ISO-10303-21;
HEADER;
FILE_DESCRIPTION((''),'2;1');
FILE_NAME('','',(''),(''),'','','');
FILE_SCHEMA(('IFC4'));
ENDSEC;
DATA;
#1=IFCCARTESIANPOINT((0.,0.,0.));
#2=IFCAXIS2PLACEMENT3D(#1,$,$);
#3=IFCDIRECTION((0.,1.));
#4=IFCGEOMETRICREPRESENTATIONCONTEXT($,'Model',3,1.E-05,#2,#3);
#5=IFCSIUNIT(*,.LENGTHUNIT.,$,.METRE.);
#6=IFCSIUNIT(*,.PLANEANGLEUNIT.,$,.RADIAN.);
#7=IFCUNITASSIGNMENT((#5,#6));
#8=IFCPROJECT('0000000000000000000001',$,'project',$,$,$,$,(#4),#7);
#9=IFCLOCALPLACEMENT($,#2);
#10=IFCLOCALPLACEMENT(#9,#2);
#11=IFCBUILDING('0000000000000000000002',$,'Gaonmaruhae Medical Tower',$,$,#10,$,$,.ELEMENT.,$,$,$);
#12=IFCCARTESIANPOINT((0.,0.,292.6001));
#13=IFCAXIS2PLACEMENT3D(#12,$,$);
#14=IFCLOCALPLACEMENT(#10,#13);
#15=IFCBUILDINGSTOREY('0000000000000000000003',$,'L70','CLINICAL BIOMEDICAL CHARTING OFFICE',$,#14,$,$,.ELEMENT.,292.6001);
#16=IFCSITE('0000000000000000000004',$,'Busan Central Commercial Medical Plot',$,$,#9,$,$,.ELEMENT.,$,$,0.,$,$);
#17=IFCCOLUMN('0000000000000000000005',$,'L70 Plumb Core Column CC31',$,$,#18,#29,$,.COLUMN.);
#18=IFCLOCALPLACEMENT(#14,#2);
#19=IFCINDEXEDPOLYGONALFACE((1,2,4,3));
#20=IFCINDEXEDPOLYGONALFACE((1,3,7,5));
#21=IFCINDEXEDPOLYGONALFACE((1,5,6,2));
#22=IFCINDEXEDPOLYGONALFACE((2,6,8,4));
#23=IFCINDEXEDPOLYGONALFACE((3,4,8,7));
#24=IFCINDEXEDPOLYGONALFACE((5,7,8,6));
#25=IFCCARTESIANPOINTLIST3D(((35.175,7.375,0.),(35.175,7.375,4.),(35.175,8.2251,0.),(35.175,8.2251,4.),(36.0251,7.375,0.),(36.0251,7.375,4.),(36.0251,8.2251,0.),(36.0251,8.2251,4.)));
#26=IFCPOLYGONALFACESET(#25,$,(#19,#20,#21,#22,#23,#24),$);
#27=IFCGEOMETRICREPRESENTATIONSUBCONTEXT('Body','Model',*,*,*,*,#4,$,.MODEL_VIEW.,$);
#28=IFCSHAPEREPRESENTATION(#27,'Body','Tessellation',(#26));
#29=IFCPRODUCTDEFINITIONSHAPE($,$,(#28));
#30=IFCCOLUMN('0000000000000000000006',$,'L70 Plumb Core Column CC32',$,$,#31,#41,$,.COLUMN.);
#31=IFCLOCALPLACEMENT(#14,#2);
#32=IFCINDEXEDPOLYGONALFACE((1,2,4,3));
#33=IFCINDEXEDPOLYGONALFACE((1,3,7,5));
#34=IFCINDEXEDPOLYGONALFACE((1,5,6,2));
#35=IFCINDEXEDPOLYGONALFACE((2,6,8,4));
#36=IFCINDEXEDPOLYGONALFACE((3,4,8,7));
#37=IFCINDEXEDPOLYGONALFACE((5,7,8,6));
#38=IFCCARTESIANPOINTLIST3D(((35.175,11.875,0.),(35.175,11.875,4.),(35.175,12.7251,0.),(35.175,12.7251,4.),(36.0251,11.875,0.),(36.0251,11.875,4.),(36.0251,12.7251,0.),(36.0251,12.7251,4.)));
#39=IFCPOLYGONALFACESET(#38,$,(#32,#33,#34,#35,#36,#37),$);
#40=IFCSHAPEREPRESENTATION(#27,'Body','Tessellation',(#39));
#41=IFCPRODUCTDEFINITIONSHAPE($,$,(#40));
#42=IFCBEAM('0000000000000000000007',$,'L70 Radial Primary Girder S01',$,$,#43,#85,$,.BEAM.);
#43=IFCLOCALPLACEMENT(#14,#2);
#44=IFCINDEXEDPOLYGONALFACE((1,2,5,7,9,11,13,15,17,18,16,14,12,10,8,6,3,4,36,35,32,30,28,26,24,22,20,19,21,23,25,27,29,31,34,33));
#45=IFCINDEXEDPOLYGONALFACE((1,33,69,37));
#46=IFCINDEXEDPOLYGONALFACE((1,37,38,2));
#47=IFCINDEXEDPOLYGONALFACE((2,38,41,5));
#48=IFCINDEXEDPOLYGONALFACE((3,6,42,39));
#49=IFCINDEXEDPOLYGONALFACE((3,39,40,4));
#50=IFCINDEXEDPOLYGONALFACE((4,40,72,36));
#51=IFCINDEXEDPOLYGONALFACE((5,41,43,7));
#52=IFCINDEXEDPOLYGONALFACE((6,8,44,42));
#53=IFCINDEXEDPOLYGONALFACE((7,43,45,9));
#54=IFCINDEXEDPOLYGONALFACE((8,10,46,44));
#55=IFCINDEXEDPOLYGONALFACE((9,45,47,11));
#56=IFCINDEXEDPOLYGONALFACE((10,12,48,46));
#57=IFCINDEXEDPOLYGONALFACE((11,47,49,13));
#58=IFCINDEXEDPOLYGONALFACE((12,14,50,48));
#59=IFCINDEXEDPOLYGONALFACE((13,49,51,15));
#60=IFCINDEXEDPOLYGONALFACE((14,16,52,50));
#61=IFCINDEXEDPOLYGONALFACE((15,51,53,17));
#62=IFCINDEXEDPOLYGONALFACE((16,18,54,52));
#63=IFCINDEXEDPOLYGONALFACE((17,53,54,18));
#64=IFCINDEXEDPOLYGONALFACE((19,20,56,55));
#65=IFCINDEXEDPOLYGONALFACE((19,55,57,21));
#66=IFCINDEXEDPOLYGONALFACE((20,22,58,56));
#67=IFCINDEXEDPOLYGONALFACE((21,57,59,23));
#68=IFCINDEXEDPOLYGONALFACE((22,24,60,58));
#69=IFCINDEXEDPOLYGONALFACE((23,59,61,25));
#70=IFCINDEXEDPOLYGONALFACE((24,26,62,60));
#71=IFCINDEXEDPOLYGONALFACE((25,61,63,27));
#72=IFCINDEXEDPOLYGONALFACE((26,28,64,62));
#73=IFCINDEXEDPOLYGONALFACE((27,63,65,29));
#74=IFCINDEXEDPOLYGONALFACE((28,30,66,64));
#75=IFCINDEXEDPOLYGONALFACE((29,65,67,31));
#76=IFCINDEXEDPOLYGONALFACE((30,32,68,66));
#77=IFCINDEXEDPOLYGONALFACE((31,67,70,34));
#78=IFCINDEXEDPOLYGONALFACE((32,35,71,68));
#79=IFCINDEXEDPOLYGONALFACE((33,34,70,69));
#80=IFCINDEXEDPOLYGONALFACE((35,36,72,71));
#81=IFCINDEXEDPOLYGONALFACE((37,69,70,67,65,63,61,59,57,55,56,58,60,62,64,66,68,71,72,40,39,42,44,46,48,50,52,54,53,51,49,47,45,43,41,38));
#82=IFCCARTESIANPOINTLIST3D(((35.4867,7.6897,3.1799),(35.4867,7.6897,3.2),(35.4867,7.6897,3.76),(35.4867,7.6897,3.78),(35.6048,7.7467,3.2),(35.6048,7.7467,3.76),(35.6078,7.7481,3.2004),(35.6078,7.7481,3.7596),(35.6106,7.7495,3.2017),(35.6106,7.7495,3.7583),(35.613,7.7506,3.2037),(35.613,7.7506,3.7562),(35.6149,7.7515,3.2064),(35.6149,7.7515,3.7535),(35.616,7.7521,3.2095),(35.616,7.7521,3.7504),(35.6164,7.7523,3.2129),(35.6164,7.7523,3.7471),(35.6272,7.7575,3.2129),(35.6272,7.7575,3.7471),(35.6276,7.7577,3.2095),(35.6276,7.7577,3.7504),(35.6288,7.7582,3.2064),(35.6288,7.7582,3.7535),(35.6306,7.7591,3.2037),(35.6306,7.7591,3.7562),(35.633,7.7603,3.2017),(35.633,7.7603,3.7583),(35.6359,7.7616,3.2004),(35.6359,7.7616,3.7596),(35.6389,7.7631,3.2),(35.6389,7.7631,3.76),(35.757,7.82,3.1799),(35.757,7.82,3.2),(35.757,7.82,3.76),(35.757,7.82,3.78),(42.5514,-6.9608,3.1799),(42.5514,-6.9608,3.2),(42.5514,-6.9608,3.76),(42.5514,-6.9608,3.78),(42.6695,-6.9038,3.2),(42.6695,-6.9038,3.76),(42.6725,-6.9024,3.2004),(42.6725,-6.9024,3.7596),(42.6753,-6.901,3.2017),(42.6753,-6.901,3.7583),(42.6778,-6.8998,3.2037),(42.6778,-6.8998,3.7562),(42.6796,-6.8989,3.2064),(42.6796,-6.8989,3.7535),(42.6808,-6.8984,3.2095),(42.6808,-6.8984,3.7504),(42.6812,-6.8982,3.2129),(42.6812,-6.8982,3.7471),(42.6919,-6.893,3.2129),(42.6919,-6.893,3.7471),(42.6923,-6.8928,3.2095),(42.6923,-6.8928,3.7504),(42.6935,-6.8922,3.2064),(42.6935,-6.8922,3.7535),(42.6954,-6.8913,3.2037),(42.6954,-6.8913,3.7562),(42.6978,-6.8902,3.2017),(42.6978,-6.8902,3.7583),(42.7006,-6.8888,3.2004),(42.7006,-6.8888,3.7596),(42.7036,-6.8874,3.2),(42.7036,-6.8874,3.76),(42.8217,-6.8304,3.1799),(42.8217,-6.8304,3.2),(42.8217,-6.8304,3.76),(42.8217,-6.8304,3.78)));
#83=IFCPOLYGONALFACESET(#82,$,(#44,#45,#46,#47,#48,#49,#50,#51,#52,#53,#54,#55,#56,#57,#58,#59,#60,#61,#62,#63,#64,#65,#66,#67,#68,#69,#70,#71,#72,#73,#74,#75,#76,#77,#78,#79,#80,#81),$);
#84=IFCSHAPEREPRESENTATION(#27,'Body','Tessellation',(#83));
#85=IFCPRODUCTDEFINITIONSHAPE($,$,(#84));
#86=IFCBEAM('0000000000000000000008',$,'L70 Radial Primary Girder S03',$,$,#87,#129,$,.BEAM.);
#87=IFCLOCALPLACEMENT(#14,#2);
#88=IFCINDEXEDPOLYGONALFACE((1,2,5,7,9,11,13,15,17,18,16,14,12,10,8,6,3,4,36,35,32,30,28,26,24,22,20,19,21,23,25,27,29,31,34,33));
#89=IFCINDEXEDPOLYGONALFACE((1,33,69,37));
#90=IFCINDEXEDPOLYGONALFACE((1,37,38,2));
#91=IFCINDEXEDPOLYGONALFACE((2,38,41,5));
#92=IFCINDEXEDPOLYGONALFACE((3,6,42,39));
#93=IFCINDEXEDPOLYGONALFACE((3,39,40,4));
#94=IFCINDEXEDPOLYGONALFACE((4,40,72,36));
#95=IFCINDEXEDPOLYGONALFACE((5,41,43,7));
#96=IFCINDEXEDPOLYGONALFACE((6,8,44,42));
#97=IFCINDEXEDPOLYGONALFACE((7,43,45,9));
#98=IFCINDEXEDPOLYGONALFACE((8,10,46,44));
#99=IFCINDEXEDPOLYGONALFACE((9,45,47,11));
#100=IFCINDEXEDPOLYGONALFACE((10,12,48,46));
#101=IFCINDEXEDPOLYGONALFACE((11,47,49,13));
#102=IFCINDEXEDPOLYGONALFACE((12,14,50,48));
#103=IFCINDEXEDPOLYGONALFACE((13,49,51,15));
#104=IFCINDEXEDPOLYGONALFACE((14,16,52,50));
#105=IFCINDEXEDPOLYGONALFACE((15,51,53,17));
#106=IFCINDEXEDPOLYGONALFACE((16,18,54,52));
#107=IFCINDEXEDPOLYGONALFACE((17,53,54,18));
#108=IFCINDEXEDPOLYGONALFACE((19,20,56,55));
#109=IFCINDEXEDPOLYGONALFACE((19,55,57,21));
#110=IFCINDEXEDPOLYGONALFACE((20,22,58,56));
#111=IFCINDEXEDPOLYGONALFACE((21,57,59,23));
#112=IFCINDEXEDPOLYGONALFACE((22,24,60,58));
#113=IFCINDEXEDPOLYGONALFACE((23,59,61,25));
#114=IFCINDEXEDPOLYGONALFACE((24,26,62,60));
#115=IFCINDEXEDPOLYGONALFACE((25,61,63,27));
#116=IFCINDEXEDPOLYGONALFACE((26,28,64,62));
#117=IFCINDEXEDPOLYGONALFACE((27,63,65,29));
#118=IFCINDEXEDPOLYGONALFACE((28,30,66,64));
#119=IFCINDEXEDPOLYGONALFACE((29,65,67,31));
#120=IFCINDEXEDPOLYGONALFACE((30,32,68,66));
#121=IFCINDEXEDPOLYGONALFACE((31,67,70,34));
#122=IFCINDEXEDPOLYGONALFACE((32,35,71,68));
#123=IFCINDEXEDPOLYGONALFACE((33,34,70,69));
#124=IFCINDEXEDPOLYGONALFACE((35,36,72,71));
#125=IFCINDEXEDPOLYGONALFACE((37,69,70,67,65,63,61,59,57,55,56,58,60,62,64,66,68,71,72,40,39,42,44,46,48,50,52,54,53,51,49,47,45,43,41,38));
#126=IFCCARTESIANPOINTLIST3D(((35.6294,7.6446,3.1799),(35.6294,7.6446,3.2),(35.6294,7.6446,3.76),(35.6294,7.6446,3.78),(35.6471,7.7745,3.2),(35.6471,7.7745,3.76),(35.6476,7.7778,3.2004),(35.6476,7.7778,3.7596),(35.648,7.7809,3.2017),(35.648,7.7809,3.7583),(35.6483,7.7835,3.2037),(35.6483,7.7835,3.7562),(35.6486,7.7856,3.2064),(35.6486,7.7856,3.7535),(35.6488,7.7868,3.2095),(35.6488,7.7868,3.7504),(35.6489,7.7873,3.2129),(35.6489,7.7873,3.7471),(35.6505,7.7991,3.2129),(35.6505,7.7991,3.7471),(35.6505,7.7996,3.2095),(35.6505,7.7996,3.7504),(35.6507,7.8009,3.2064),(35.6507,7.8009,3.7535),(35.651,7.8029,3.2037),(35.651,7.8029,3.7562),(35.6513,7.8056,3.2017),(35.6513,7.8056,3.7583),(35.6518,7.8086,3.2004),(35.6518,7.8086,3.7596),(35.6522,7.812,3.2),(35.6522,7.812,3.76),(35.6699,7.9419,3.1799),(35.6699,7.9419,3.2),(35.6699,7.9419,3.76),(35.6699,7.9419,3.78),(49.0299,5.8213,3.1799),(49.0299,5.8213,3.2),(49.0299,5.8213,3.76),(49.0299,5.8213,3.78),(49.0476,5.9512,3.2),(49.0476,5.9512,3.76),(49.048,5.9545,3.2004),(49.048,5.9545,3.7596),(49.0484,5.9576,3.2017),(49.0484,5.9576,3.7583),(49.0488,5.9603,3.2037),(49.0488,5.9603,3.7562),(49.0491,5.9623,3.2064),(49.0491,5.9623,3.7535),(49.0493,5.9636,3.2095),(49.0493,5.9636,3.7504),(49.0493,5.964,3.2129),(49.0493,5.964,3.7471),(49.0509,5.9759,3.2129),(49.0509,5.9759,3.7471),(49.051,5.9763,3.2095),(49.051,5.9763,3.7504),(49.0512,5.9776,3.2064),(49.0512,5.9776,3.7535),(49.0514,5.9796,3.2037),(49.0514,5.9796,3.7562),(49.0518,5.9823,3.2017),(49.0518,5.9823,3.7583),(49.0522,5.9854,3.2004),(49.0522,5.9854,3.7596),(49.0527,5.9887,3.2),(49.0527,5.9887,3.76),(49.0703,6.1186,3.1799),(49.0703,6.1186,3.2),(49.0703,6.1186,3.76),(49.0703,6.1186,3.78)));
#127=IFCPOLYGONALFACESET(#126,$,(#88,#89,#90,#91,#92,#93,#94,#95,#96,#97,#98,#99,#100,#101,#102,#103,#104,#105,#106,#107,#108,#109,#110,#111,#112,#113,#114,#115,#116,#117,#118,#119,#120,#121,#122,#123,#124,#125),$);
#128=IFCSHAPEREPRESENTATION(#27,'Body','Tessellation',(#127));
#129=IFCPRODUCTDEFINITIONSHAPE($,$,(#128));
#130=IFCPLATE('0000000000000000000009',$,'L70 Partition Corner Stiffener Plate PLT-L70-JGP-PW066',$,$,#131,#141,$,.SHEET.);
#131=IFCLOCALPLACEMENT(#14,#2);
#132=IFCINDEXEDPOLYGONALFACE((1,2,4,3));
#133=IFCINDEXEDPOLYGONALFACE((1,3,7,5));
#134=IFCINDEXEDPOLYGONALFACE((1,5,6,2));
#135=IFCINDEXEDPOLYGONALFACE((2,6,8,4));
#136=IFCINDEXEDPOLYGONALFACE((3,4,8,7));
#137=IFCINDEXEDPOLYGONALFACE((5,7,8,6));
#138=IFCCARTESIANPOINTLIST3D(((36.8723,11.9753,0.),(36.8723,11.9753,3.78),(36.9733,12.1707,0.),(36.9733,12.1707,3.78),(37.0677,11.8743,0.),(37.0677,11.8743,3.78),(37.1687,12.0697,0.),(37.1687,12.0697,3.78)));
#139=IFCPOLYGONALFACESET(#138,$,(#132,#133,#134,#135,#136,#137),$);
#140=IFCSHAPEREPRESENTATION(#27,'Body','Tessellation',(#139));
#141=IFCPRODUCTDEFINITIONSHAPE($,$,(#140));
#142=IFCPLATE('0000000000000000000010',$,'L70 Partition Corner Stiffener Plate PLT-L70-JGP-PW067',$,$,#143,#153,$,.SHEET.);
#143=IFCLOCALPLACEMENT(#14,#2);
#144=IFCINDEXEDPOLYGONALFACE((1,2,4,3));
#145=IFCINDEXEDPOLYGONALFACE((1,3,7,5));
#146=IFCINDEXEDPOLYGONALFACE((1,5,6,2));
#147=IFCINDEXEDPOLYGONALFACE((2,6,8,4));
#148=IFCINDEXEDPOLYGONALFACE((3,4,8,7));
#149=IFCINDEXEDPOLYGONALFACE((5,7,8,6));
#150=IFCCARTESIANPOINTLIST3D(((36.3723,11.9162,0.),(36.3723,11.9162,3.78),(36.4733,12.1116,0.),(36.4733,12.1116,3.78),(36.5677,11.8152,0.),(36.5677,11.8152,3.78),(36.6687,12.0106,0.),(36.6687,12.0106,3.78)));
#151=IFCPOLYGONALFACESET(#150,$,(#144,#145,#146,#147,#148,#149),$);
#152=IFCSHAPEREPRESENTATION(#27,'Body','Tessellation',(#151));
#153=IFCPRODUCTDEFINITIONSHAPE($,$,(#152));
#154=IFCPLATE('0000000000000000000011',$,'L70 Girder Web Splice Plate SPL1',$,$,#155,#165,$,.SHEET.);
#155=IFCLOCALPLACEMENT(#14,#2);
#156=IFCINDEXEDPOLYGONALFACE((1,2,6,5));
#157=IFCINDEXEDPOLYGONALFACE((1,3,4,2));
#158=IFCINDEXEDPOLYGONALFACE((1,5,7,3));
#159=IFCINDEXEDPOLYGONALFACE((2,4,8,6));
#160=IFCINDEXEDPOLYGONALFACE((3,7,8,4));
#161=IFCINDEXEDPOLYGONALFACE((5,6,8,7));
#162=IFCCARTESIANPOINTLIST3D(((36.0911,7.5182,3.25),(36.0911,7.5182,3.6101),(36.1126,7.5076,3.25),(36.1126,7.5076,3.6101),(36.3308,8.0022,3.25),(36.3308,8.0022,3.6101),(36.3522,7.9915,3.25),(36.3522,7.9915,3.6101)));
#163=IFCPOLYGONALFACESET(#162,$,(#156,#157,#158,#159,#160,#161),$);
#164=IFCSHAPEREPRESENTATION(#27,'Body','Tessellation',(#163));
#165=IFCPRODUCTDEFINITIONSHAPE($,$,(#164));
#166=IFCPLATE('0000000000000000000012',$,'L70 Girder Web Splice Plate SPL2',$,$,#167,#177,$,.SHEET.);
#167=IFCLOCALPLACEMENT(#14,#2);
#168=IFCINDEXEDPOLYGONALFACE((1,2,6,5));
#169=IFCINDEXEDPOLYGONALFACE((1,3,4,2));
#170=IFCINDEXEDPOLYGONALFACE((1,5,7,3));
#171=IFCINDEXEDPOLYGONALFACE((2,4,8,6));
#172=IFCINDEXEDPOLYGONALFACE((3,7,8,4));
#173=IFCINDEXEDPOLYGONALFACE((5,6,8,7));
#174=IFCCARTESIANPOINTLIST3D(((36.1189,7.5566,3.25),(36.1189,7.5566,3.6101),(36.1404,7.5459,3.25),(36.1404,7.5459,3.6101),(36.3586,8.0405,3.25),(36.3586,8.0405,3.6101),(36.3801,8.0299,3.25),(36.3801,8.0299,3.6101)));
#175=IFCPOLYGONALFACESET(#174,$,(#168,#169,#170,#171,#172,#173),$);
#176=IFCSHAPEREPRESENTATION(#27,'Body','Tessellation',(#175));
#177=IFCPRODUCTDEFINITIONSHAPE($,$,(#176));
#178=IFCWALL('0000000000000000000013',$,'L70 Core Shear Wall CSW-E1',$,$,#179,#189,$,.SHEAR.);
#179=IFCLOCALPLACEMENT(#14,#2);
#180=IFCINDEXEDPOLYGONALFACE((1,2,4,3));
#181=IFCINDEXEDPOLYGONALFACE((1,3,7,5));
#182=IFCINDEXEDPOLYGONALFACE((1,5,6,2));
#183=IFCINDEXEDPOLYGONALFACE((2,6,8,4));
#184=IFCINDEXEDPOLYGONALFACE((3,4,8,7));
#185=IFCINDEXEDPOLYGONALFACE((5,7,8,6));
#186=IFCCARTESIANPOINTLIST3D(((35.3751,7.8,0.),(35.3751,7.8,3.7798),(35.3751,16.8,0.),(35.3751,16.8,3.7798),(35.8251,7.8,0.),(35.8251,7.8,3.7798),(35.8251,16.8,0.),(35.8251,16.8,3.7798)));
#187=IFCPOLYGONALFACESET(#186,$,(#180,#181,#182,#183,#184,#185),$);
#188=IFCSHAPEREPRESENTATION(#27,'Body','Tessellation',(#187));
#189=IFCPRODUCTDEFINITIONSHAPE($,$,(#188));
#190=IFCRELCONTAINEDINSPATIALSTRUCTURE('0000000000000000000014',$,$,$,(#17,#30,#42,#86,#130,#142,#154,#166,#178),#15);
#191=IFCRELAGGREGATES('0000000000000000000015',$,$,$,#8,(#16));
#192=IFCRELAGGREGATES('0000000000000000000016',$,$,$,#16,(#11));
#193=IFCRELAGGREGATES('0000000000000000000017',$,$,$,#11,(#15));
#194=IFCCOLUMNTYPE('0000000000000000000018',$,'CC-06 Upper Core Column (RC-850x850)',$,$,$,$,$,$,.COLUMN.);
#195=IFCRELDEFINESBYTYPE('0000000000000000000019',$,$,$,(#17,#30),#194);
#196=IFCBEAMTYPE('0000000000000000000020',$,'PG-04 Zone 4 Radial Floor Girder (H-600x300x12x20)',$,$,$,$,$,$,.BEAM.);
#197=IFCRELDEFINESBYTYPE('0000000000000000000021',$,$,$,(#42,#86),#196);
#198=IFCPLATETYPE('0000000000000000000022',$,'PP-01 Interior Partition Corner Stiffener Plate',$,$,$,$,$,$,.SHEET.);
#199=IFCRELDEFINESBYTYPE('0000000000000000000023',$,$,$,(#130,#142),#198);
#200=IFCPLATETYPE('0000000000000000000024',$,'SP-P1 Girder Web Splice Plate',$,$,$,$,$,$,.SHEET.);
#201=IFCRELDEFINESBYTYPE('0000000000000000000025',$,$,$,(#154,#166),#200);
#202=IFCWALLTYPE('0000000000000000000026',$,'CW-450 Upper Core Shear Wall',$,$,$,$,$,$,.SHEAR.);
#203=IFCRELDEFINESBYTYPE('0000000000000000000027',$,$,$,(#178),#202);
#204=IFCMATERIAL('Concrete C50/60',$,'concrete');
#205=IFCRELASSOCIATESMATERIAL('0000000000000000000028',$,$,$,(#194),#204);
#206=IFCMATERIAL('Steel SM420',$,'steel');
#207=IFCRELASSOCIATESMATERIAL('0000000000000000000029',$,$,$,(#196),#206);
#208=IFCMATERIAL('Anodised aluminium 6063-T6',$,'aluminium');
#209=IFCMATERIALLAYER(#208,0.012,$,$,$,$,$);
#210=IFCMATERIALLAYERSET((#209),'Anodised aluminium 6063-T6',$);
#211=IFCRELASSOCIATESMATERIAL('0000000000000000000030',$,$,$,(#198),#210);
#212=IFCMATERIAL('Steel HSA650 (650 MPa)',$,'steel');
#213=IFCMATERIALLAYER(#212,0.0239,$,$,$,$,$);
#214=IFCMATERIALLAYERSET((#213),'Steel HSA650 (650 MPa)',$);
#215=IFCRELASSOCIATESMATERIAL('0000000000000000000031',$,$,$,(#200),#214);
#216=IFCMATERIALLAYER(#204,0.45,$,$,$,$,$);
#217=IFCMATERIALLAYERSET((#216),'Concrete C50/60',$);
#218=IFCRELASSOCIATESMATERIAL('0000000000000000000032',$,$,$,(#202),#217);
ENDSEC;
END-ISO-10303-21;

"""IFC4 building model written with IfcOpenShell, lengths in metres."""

from ifc_helpers import new_model, si_unit, direction, frame, frame_2d, origin, origin_2d, place, context, subcontext, project, spatial, rectangle, i_section, extrude, material, layer, layer_set, material_profile, profile_set, type_object, element, save


model = new_model("IFC4")

# Units and contexts
model_context = context("Model", 3, precision=1e-05, world=origin(), true_north=direction((0.0, 1.0)))
body_context = subcontext(model_context, "Body", "Model", "MODEL_VIEW")
ifc_project = project(units=[si_unit("LENGTHUNIT", "METRE"), si_unit("PLANEANGLEUNIT", "RADIAN")], contexts=[model_context])

# Site, building, storey
site_placement = place(None, origin())
site = spatial("IfcSite", under=ifc_project, at=site_placement, Name="Busan Central Commercial Medical Plot", CompositionType="ELEMENT", RefElevation=0.0)
building_placement = place(site_placement, origin())
building = spatial("IfcBuilding", under=site, at=building_placement, Name="Gaonmaruhae Medical Tower", CompositionType="ELEMENT")
storey_placement = place(building_placement, frame((0.0, 0.0, 292.6001)))
storey = spatial("IfcBuildingStorey", under=building, at=storey_placement, Name="L70", Description="CLINICAL BIOMEDICAL CHARTING OFFICE", CompositionType="ELEMENT", Elevation=292.6001)

# Columns
ifc_material_1 = material(Name="Concrete C50/60", Category="concrete")
ifc_material_profile_1 = material_profile(ifc_material_1, rectangle(XDim=0.8501, YDim=0.8501, at=origin_2d()), Name="RC-850x850")
ifc_profile_set_1 = profile_set([ifc_material_profile_1], Name="Concrete C50/60")
column_type = type_object("IfcColumnType", Name="CC-06 Upper Core Column (RC-850x850)", PredefinedType="COLUMN", material=ifc_profile_set_1)
for number, where, z_axis, x_axis, name in (
    (1, (35.6001, 7.8, 0.0), (0.0, 0.0, 1.0), (1.0, 0.0, 0.0), "L70 Plumb Core Column CC31"),
    (2, (35.6001, 12.3, 0.0), (0.0, 0.0, 1.0), (1.0, 0.0, 0.0), "L70 Plumb Core Column CC32"),
):
    element("IfcColumn", number, at=place(storey_placement, frame(where, z_axis=z_axis, x_axis=x_axis)), inside=storey, type_object=column_type, Name=name, PredefinedType="COLUMN", context=body_context, shape_type="SweptSolid", body=[
        extrude(rectangle(XDim=0.8501, YDim=0.8501, at=origin_2d()), origin(), (0.0, 0.0, 1.0), 4.0),
    ])

# Beams
ifc_material_2 = material(Name="Steel SM420", Category="steel")
ifc_material_profile_2 = material_profile(ifc_material_2, i_section(OverallWidth=0.3, OverallDepth=0.6001, WebThickness=0.012, FlangeThickness=0.02, FilletRadius=0.0129, at=origin_2d()), Name="H-600x300x12x20")
ifc_profile_set_2 = profile_set([ifc_material_profile_2], Name="Steel SM420")
beam_type = type_object("IfcBeamType", Name="PG-04 Zone 4 Radial Floor Girder (H-600x300x12x20)", PredefinedType="BEAM", material=ifc_profile_set_2)
beam_1_placement = place(storey_placement, frame((35.6218, 7.7549, 3.48), z_axis=(0.434355, -0.900742, 0.0), x_axis=(0.900742, 0.434355, 0.0)))
element("IfcBeam", 3, at=beam_1_placement, inside=storey, type_object=beam_type, Name="L70 Radial Primary Girder S01", PredefinedType="BEAM", context=body_context, shape_type="SweptSolid", body=[
    extrude(i_section(OverallWidth=0.3, OverallDepth=0.6001, WebThickness=0.012, FlangeThickness=0.02, FilletRadius=0.0129, at=origin_2d()), origin(), (0.0, 0.0, 1.0), 16.2649),
])
beam_2_placement = place(storey_placement, frame((35.6497, 7.7932, 3.48), z_axis=(0.990871, -0.134817, 0.0), x_axis=(0.134817, 0.990871, 0.0)))
element("IfcBeam", 4, at=beam_2_placement, inside=storey, type_object=beam_type, Name="L70 Radial Primary Girder S03", PredefinedType="BEAM", context=body_context, shape_type="SweptSolid", body=[
    extrude(i_section(OverallWidth=0.3, OverallDepth=0.6001, WebThickness=0.012, FlangeThickness=0.02, FilletRadius=0.0129, at=origin_2d()), origin(), (0.0, 0.0, 1.0), 13.5239),
])

# Plates
ifc_material_3 = material(Name="Anodised aluminium 6063-T6", Category="aluminium")
ifc_layer_1 = layer(ifc_material_3, 0.012)
ifc_layer_set_1 = layer_set([ifc_layer_1], Name="Anodised aluminium 6063-T6")
plate_type_1 = type_object("IfcPlateType", Name="PP-01 Interior Partition Corner Stiffener Plate", PredefinedType="SHEET", material=ifc_layer_set_1)
for number, where, z_axis, x_axis, name in (
    (5, (37.0205, 12.0225, 0.0), (0.0, 0.0, 1.0), (-0.459223, -0.888321, 0.0), "L70 Partition Corner Stiffener Plate PLT-L70-JGP-PW066"),
    (6, (36.5205, 11.9634, 0.0), (0.0, 0.0, 1.0), (-0.888353, 0.459161, 0.0), "L70 Partition Corner Stiffener Plate PLT-L70-JGP-PW067"),
):
    element("IfcPlate", number, at=place(storey_placement, frame(where, z_axis=z_axis, x_axis=x_axis)), inside=storey, type_object=plate_type_1, Name=name, PredefinedType="SHEET", context=body_context, shape_type="SweptSolid", body=[
        extrude(rectangle(XDim=0.22, YDim=0.22, at=origin_2d()), origin(), (0.0, 0.0, 1.0), 3.78),
    ])
ifc_material_4 = material(Name="Steel HSA650 (650 MPa)", Category="steel")
ifc_layer_2 = layer(ifc_material_4, 0.0239)
ifc_layer_set_2 = layer_set([ifc_layer_2], Name="Steel HSA650 (650 MPa)")
plate_type_2 = type_object("IfcPlateType", Name="SP-P1 Girder Web Splice Plate", PredefinedType="SHEET", material=ifc_layer_set_2)
for number, where, z_axis, x_axis, name in (
    (7, (36.2217, 7.7549, 3.25), (0.0, 0.0, 1.0), (0.443853, 0.896099, 0.0), "L70 Girder Web Splice Plate SPL1"),
    (8, (36.2495, 7.7932, 3.25), (0.0, 0.0, 1.0), (0.443853, 0.896099, 0.0), "L70 Girder Web Splice Plate SPL2"),
):
    element("IfcPlate", number, at=place(storey_placement, frame(where, z_axis=z_axis, x_axis=x_axis)), inside=storey, type_object=plate_type_2, Name=name, PredefinedType="SHEET", context=body_context, shape_type="SweptSolid", body=[
        extrude(rectangle(XDim=0.54, YDim=0.0239, at=origin_2d()), origin(), (0.0, 0.0, 1.0), 0.3601),
    ])

# Wall
ifc_layer_3 = layer(ifc_material_1, 0.45)
ifc_layer_set_3 = layer_set([ifc_layer_3], Name="Concrete C50/60")
wall_type_1 = type_object("IfcWallType", Name="CW-450 Upper Core Shear Wall", PredefinedType="SHEAR", material=ifc_layer_set_3)
wall_1_placement = place(storey_placement, frame((35.6001, 7.8, 0.0), z_axis=(0.0, 0.0, 1.0), x_axis=(0.0, 1.0, 0.0)))
element("IfcWall", 9, at=wall_1_placement, inside=storey, type_object=wall_type_1, Name="L70 Core Shear Wall CSW-E1", PredefinedType="SHEAR", context=body_context, shape_type="SweptSolid", body=[
    extrude(rectangle(XDim=9.0, YDim=0.45, at=frame_2d((4.5, 0.0))), origin(), (0.0, 0.0, 1.0), 3.7798),
])

save(model, "model.ifc")
